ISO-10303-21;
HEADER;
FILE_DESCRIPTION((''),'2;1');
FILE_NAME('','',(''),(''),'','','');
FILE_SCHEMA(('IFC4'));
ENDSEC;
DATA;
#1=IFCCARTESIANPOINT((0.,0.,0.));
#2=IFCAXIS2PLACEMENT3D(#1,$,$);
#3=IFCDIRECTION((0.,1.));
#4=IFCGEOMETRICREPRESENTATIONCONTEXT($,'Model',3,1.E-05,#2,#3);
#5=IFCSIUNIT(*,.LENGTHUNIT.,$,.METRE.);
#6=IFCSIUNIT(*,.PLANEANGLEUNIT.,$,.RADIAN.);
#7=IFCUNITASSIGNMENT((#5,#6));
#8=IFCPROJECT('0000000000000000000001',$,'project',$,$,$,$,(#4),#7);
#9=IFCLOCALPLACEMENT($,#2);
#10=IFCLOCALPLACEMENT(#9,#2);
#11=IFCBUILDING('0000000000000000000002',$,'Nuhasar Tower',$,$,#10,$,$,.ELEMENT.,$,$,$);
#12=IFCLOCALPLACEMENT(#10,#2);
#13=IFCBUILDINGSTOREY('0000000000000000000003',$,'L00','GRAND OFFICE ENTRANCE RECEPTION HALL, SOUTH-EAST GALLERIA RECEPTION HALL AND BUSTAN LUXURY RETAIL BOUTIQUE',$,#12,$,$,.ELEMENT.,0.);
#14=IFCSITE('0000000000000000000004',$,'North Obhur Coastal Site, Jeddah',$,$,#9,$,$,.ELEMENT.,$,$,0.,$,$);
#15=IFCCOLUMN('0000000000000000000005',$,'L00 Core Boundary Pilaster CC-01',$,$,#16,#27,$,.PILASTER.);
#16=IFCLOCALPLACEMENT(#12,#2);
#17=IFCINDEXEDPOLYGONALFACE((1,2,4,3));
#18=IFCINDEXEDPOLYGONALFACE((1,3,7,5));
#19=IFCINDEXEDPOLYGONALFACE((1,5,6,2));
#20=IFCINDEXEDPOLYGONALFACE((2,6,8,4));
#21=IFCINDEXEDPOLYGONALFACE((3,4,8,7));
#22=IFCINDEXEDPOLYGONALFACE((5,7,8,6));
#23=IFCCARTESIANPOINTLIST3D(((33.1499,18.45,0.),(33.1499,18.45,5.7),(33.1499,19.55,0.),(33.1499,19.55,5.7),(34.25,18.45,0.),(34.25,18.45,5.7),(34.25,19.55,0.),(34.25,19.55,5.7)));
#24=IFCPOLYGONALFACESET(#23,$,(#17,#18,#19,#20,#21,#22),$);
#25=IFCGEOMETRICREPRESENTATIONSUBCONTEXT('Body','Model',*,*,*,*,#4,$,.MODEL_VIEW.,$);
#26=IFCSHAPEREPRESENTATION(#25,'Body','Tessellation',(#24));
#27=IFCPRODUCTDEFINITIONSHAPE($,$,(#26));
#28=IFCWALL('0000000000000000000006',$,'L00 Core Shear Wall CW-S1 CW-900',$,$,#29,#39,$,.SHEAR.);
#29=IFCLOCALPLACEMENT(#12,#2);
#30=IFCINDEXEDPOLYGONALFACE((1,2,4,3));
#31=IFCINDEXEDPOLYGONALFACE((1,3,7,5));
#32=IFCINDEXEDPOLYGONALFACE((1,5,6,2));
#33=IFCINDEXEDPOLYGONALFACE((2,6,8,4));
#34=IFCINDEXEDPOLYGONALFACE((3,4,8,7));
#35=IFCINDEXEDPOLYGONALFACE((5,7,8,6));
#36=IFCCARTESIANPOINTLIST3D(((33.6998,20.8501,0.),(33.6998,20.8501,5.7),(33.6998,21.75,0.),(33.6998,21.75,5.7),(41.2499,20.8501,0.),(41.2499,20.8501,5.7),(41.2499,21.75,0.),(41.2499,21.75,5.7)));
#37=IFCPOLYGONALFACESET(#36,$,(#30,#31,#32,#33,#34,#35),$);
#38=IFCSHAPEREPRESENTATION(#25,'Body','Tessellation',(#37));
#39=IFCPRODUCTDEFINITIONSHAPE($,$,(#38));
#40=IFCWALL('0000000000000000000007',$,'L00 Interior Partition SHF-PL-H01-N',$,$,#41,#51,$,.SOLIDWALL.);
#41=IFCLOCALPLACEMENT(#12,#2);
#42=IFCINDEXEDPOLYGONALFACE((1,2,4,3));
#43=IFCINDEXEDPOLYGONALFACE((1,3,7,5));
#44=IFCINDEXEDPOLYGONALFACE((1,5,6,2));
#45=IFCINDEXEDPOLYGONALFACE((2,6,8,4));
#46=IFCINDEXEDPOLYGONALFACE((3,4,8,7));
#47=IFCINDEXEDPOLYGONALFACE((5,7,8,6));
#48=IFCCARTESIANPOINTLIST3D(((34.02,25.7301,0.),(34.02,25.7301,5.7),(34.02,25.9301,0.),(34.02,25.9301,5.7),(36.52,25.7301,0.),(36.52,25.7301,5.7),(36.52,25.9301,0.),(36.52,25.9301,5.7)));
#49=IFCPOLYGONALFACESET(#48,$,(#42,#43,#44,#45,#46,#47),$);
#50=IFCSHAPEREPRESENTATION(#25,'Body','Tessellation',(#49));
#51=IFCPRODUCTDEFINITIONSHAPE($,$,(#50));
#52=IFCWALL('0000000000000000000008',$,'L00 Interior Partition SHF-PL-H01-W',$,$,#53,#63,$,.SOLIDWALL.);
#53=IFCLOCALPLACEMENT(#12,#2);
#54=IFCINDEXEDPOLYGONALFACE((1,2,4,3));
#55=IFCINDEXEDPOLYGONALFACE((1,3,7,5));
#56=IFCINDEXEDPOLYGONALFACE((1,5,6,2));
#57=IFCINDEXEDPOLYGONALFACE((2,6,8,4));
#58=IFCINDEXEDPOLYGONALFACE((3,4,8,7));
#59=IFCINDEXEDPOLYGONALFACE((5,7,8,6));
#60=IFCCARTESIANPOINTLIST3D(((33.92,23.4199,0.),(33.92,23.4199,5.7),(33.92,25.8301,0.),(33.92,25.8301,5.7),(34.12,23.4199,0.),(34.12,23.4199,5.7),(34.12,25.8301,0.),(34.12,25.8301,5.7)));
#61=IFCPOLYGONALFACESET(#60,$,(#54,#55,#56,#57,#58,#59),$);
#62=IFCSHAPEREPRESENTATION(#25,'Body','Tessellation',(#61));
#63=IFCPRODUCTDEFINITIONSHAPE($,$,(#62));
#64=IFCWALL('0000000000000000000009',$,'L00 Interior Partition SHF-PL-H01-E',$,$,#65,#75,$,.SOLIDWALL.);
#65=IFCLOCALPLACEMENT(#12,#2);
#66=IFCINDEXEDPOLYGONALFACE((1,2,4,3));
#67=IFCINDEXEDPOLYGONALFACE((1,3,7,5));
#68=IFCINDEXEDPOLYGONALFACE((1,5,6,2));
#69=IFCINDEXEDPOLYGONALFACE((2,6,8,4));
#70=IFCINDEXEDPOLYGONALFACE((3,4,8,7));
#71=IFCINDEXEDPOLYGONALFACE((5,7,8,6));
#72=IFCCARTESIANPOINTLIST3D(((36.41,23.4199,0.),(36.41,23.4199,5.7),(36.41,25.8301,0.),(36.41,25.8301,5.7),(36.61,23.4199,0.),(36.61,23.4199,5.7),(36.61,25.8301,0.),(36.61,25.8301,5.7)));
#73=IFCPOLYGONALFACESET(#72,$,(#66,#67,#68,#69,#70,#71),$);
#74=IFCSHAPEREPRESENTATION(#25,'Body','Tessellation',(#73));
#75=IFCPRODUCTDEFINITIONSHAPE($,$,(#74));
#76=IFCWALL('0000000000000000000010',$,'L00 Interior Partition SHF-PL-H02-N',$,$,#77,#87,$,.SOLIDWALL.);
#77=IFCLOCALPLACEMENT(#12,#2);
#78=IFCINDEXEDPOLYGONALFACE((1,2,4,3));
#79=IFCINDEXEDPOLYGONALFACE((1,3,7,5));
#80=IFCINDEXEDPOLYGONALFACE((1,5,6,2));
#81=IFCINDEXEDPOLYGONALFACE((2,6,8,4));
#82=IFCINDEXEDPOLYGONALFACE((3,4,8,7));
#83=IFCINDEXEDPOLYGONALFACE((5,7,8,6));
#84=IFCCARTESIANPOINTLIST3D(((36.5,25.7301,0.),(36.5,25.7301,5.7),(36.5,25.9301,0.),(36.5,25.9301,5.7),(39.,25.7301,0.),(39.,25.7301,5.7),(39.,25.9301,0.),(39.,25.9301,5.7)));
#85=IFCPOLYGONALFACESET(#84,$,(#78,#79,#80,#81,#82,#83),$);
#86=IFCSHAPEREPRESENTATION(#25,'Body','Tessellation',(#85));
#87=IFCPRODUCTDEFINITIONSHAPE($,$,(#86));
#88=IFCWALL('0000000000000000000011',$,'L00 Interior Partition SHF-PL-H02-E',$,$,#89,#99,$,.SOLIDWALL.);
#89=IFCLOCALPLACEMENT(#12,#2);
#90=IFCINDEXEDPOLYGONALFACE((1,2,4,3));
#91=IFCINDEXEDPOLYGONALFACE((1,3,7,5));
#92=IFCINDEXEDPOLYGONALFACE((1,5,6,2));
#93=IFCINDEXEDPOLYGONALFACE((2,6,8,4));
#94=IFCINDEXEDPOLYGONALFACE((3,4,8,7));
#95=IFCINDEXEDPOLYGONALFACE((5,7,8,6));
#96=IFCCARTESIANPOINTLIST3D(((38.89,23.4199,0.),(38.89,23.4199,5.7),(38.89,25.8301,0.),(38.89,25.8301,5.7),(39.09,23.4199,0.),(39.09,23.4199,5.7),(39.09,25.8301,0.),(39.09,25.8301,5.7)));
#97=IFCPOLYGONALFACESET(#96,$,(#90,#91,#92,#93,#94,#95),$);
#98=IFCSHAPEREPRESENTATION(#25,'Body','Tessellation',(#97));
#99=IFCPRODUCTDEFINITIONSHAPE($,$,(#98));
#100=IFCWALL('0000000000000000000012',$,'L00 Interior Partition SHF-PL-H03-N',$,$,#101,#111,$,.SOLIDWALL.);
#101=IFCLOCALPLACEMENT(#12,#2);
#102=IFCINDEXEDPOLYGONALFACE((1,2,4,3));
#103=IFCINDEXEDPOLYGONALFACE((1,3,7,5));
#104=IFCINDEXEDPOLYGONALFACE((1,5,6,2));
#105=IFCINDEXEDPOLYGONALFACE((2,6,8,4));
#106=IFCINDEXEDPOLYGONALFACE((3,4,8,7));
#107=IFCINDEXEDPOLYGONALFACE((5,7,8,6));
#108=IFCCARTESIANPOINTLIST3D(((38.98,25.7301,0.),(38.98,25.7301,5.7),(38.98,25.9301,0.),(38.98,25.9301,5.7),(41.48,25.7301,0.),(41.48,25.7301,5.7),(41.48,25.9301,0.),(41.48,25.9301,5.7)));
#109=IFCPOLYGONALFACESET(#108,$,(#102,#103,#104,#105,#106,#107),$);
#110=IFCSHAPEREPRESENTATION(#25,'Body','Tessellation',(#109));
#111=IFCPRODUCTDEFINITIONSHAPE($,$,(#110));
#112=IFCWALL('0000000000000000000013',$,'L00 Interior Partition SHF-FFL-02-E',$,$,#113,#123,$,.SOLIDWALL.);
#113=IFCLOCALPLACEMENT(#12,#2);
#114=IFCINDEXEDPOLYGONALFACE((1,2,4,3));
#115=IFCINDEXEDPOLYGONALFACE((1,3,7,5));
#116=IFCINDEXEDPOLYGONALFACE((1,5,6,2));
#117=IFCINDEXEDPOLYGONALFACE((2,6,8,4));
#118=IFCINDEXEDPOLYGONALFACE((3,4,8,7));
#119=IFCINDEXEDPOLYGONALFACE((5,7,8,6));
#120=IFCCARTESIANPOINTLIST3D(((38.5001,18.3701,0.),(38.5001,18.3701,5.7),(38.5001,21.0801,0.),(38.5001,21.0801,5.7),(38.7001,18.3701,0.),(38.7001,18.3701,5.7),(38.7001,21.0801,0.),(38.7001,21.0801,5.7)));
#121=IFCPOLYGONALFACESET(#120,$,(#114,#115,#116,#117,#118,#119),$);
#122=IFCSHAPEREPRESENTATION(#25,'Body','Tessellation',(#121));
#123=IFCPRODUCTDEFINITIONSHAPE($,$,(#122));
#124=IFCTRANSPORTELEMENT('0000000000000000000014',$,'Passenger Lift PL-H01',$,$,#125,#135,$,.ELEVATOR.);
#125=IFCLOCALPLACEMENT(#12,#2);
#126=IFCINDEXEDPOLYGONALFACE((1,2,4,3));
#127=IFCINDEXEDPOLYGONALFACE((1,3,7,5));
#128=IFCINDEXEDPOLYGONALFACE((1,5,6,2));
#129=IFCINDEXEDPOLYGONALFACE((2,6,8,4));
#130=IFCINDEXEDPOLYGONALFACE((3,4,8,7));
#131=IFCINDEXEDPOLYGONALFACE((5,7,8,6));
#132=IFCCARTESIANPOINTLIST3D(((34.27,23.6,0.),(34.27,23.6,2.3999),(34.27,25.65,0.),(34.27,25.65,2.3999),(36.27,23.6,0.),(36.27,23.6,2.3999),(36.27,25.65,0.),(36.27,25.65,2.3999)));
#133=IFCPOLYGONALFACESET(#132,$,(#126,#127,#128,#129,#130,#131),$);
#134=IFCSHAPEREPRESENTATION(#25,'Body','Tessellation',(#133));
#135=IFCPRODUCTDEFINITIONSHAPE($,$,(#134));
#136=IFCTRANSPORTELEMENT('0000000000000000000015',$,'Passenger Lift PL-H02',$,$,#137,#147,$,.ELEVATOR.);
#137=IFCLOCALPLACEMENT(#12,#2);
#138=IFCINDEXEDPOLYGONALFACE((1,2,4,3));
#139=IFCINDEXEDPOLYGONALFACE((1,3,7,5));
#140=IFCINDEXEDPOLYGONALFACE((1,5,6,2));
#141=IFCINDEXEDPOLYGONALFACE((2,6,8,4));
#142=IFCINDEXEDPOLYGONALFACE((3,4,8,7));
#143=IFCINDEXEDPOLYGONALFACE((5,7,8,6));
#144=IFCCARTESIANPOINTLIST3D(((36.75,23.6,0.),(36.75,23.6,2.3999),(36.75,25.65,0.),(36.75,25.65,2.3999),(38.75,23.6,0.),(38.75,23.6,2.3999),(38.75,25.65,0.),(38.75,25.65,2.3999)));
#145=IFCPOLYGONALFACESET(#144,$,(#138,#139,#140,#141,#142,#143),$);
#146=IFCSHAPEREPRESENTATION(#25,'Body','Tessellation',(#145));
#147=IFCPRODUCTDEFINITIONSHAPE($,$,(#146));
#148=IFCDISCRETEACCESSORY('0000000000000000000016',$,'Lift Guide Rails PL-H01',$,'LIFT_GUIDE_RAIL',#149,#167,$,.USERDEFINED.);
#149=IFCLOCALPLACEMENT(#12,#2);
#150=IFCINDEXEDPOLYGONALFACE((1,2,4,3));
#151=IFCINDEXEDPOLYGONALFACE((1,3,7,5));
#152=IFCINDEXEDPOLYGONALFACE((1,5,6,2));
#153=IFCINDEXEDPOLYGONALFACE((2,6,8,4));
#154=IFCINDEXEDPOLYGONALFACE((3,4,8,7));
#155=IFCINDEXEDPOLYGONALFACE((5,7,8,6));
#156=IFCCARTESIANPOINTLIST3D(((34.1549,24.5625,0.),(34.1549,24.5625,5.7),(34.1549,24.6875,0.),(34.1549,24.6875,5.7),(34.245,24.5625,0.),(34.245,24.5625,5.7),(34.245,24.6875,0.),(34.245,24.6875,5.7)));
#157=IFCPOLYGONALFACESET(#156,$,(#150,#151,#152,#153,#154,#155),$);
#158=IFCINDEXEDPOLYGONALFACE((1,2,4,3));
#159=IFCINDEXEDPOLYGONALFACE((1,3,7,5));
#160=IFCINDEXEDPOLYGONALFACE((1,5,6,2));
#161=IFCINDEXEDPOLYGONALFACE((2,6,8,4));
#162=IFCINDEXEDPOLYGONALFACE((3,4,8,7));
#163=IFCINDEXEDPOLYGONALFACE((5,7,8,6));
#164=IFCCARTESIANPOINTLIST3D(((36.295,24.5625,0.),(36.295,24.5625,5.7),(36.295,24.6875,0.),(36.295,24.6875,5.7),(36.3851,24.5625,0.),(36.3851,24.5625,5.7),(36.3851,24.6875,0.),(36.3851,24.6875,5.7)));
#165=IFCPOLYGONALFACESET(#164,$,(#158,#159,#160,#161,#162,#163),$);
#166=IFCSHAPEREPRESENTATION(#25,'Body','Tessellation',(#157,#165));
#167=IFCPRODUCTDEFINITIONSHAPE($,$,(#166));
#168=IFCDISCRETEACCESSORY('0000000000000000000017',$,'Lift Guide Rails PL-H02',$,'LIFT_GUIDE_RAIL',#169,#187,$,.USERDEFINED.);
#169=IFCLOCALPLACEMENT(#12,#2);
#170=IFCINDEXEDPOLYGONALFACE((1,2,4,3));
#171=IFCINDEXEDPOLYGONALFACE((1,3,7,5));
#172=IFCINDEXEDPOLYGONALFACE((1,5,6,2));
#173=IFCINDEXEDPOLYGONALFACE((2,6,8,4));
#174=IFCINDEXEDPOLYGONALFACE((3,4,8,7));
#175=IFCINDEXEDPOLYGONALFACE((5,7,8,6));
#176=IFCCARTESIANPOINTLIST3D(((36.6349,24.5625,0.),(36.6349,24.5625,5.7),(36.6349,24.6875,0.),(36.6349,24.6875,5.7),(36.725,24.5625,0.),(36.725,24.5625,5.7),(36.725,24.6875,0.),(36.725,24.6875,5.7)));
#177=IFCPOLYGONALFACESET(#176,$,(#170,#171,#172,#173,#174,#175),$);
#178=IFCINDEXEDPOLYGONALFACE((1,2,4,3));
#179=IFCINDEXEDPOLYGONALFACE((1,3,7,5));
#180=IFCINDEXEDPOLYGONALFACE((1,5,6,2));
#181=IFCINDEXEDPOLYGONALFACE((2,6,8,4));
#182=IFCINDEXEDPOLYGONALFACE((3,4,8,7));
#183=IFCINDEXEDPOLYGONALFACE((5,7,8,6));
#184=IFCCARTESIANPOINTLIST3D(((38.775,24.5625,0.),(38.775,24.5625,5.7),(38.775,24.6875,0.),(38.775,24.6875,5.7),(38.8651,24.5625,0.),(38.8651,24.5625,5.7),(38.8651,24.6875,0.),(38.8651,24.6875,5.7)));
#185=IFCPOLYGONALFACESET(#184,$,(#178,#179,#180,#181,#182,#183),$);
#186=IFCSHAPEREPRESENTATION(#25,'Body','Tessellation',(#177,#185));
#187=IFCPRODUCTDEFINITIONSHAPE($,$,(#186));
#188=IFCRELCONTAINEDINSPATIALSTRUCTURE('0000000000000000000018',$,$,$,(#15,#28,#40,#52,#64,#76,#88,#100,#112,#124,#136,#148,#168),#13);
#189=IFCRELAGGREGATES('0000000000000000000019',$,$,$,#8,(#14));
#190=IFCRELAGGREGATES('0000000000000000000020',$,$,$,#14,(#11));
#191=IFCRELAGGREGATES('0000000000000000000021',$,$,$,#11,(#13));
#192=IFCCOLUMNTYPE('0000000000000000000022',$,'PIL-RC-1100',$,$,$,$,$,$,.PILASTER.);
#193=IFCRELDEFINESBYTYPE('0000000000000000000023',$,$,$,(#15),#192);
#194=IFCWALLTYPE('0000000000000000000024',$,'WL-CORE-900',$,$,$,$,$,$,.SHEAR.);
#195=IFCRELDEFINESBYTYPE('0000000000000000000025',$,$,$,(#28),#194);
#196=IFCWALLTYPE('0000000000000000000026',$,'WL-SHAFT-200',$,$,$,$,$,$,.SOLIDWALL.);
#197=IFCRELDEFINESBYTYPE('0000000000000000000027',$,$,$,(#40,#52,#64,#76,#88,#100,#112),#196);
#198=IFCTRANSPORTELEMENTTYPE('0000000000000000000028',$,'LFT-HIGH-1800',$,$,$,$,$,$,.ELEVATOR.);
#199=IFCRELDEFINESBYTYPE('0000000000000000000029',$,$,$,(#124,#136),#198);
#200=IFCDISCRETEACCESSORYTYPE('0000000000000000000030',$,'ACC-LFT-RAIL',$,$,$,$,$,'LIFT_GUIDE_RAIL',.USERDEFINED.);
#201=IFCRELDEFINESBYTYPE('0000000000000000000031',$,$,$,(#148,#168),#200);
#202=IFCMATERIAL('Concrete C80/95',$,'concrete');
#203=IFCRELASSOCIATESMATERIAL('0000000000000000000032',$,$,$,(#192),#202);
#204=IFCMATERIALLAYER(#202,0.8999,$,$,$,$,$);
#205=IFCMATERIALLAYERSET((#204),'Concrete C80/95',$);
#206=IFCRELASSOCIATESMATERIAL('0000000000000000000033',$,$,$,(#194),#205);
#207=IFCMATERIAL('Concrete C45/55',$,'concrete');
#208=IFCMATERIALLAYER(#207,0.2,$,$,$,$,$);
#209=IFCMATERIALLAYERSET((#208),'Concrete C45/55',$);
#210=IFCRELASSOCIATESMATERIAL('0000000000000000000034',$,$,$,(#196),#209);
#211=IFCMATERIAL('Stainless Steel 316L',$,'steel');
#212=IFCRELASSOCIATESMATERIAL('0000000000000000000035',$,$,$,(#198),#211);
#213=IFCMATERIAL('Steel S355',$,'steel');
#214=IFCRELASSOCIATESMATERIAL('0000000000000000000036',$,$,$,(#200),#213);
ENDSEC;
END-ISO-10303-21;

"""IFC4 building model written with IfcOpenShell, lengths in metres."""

from ifc_helpers import new_model, si_unit, direction, frame, frame_2d, origin, origin_2d, place, context, subcontext, project, spatial, rectangle, extrude, material, layer, layer_set, material_profile, profile_set, type_object, element, save


model = new_model("IFC4")

# Units and contexts
model_context = context("Model", 3, precision=1e-05, world=origin(), true_north=direction((0.0, 1.0)))
body_context = subcontext(model_context, "Body", "Model", "MODEL_VIEW")
ifc_project = project(units=[si_unit("LENGTHUNIT", "METRE"), si_unit("PLANEANGLEUNIT", "RADIAN")], contexts=[model_context])

# Site, building, storey
site_placement = place(None, origin())
site = spatial("IfcSite", under=ifc_project, at=site_placement, Name="North Obhur Coastal Site, Jeddah", CompositionType="ELEMENT", RefElevation=0.0)
building_placement = place(site_placement, origin())
building = spatial("IfcBuilding", under=site, at=building_placement, Name="Nuhasar Tower", CompositionType="ELEMENT")
storey_placement = place(building_placement, origin())
storey = spatial("IfcBuildingStorey", under=building, at=storey_placement, Name="L00", Description="GRAND OFFICE ENTRANCE RECEPTION HALL, SOUTH-EAST GALLERIA RECEPTION HALL AND BUSTAN LUXURY RETAIL BOUTIQUE", CompositionType="ELEMENT", Elevation=0.0)

# Column
ifc_material_1 = material(Name="Concrete C80/95", Category="concrete")
ifc_material_profile = material_profile(ifc_material_1, rectangle(XDim=1.1001, YDim=1.1001, at=origin_2d()), Name="RC1100X1100")
ifc_profile_set = profile_set([ifc_material_profile], Name="Concrete C80/95")
column_type = type_object("IfcColumnType", Name="PIL-RC-1100", PredefinedType="PILASTER", material=ifc_profile_set)
column_placement = place(storey_placement, frame((33.7, 19.0, 0.0), z_axis=(0.0, 0.0, 1.0), x_axis=(1.0, 0.0, 0.0)))
element("IfcColumn", 1, at=column_placement, inside=storey, type_object=column_type, Name="L00 Core Boundary Pilaster CC-01", PredefinedType="PILASTER", context=body_context, shape_type="SweptSolid", body=[
    extrude(rectangle(XDim=1.1001, YDim=1.1001, at=origin_2d()), origin(), (0.0, 0.0, 1.0), 5.7),
])

# Wall
ifc_layer_1 = layer(ifc_material_1, 0.8999)
ifc_layer_set_1 = layer_set([ifc_layer_1], Name="Concrete C80/95")
wall_type_1 = type_object("IfcWallType", Name="WL-CORE-900", PredefinedType="SHEAR", material=ifc_layer_set_1)
wall_1_placement = place(storey_placement, frame((33.7, 21.3, 0.0), z_axis=(0.0, 0.0, 1.0), x_axis=(1.0, 0.0, 0.0)))
element("IfcWall", 2, at=wall_1_placement, inside=storey, type_object=wall_type_1, Name="L00 Core Shear Wall CW-S1 CW-900", PredefinedType="SHEAR", context=body_context, shape_type="SweptSolid", body=[
    extrude(rectangle(XDim=7.55, YDim=0.8999, at=frame_2d((3.7749, 0.0))), origin(), (0.0, 0.0, 1.0), 5.7),
])

# Shared definitions
ifc_material_2 = material(Name="Concrete C45/55", Category="concrete")
ifc_material_3 = material(Name="Steel S355", Category="steel")
ifc_layer_2 = layer(ifc_material_2, 0.2)
ifc_layer_set_2 = layer_set([ifc_layer_2], Name="Concrete C45/55")
wall_type_2 = type_object("IfcWallType", Name="WL-SHAFT-200", PredefinedType="SOLIDWALL", material=ifc_layer_set_2)
ifc_material_4 = material(Name="Stainless Steel 316L", Category="steel")

# Walls
wall_2_placement = place(storey_placement, frame((34.02, 25.8301, 0.0), z_axis=(0.0, 0.0, 1.0), x_axis=(1.0, 0.0, 0.0)))
element("IfcWall", 3, at=wall_2_placement, inside=storey, type_object=wall_type_2, Name="L00 Interior Partition SHF-PL-H01-N", PredefinedType="SOLIDWALL", context=body_context, shape_type="SweptSolid", body=[
    extrude(rectangle(XDim=2.5, YDim=0.2, at=frame_2d((1.25, 0.0))), origin(), (0.0, 0.0, 1.0), 5.7),
])
for number, where, z_axis, x_axis, name in (
    (4, (34.02, 23.4199, 0.0), (0.0, 0.0, 1.0), (0.0, 1.0, 0.0), "L00 Interior Partition SHF-PL-H01-W"),
    (5, (36.51, 23.4199, 0.0), (0.0, 0.0, 1.0), (0.0, 1.0, 0.0), "L00 Interior Partition SHF-PL-H01-E"),
):
    element("IfcWall", number, at=place(storey_placement, frame(where, z_axis=z_axis, x_axis=x_axis)), inside=storey, type_object=wall_type_2, Name=name, PredefinedType="SOLIDWALL", context=body_context, shape_type="SweptSolid", body=[
        extrude(rectangle(XDim=2.4102, YDim=0.2, at=frame_2d((1.2051, 0.0))), origin(), (0.0, 0.0, 1.0), 5.7),
    ])

# Walls
wall_3_placement = place(storey_placement, frame((36.5, 25.8301, 0.0), z_axis=(0.0, 0.0, 1.0), x_axis=(1.0, 0.0, 0.0)))
element("IfcWall", 6, at=wall_3_placement, inside=storey, type_object=wall_type_2, Name="L00 Interior Partition SHF-PL-H02-N", PredefinedType="SOLIDWALL", context=body_context, shape_type="SweptSolid", body=[
    extrude(rectangle(XDim=2.5, YDim=0.2, at=frame_2d((1.25, 0.0))), origin(), (0.0, 0.0, 1.0), 5.7),
])
wall_4_placement = place(storey_placement, frame((38.99, 23.4199, 0.0), z_axis=(0.0, 0.0, 1.0), x_axis=(0.0, 1.0, 0.0)))
element("IfcWall", 7, at=wall_4_placement, inside=storey, type_object=wall_type_2, Name="L00 Interior Partition SHF-PL-H02-E", PredefinedType="SOLIDWALL", context=body_context, shape_type="SweptSolid", body=[
    extrude(rectangle(XDim=2.4102, YDim=0.2, at=frame_2d((1.2051, 0.0))), origin(), (0.0, 0.0, 1.0), 5.7),
])

# Walls
wall_5_placement = place(storey_placement, frame((38.98, 25.8301, 0.0), z_axis=(0.0, 0.0, 1.0), x_axis=(1.0, 0.0, 0.0)))
element("IfcWall", 8, at=wall_5_placement, inside=storey, type_object=wall_type_2, Name="L00 Interior Partition SHF-PL-H03-N", PredefinedType="SOLIDWALL", context=body_context, shape_type="SweptSolid", body=[
    extrude(rectangle(XDim=2.5, YDim=0.2, at=frame_2d((1.25, 0.0))), origin(), (0.0, 0.0, 1.0), 5.7),
])
wall_6_placement = place(storey_placement, frame((38.6001, 18.3701, 0.0), z_axis=(0.0, 0.0, 1.0), x_axis=(0.0, 1.0, 0.0)))
element("IfcWall", 9, at=wall_6_placement, inside=storey, type_object=wall_type_2, Name="L00 Interior Partition SHF-FFL-02-E", PredefinedType="SOLIDWALL", context=body_context, shape_type="SweptSolid", body=[
    extrude(rectangle(XDim=2.71, YDim=0.2, at=frame_2d((1.355, 0.0))), origin(), (0.0, 0.0, 1.0), 5.7),
])

# Transport elements
transport_element_type = type_object("IfcTransportElementType", Name="LFT-HIGH-1800", PredefinedType="ELEVATOR", material=ifc_material_4)
for number, where, z_axis, x_axis, name in (
    (10, (35.27, 24.625, 0.0), (0.0, 0.0, 1.0), (1.0, 0.0, 0.0), "Passenger Lift PL-H01"),
    (11, (37.75, 24.625, 0.0), (0.0, 0.0, 1.0), (1.0, 0.0, 0.0), "Passenger Lift PL-H02"),
):
    element("IfcTransportElement", number, at=place(storey_placement, frame(where, z_axis=z_axis, x_axis=x_axis)), inside=storey, type_object=transport_element_type, Name=name, PredefinedType="ELEVATOR", context=body_context, shape_type="SweptSolid", body=[
        extrude(rectangle(XDim=2.0, YDim=2.05, at=origin_2d()), origin(), (0.0, 0.0, 1.0), 2.3999),
    ])

# Discrete accessories
discrete_accessory_type = type_object("IfcDiscreteAccessoryType", Name="ACC-LFT-RAIL", ElementType="LIFT_GUIDE_RAIL", PredefinedType="USERDEFINED", material=ifc_material_3)
for number, where, name in (
    (12, (34.2, 24.625, 2.8501), "Lift Guide Rails PL-H01"),
    (13, (36.6799, 24.625, 2.8501), "Lift Guide Rails PL-H02"),
):
    element("IfcDiscreteAccessory", number, at=place(storey_placement, frame(where)), inside=storey, type_object=discrete_accessory_type, Name=name, ObjectType="LIFT_GUIDE_RAIL", PredefinedType="USERDEFINED", context=body_context, shape_type="SweptSolid", body=[
        extrude(rectangle(XDim=0.0901, YDim=0.125, at=origin_2d()), frame((0.0, 0.0, -2.8501), z_axis=(0.0, 0.0, 1.0), x_axis=(1.0, 0.0, 0.0)), (0.0, 0.0, 1.0), 5.7),
        extrude(rectangle(XDim=0.0901, YDim=0.125, at=origin_2d()), frame((2.1401, 0.0, -2.8501), z_axis=(0.0, 0.0, 1.0), x_axis=(1.0, 0.0, 0.0)), (0.0, 0.0, 1.0), 5.7),
    ])

save(model, "model.ifc")
